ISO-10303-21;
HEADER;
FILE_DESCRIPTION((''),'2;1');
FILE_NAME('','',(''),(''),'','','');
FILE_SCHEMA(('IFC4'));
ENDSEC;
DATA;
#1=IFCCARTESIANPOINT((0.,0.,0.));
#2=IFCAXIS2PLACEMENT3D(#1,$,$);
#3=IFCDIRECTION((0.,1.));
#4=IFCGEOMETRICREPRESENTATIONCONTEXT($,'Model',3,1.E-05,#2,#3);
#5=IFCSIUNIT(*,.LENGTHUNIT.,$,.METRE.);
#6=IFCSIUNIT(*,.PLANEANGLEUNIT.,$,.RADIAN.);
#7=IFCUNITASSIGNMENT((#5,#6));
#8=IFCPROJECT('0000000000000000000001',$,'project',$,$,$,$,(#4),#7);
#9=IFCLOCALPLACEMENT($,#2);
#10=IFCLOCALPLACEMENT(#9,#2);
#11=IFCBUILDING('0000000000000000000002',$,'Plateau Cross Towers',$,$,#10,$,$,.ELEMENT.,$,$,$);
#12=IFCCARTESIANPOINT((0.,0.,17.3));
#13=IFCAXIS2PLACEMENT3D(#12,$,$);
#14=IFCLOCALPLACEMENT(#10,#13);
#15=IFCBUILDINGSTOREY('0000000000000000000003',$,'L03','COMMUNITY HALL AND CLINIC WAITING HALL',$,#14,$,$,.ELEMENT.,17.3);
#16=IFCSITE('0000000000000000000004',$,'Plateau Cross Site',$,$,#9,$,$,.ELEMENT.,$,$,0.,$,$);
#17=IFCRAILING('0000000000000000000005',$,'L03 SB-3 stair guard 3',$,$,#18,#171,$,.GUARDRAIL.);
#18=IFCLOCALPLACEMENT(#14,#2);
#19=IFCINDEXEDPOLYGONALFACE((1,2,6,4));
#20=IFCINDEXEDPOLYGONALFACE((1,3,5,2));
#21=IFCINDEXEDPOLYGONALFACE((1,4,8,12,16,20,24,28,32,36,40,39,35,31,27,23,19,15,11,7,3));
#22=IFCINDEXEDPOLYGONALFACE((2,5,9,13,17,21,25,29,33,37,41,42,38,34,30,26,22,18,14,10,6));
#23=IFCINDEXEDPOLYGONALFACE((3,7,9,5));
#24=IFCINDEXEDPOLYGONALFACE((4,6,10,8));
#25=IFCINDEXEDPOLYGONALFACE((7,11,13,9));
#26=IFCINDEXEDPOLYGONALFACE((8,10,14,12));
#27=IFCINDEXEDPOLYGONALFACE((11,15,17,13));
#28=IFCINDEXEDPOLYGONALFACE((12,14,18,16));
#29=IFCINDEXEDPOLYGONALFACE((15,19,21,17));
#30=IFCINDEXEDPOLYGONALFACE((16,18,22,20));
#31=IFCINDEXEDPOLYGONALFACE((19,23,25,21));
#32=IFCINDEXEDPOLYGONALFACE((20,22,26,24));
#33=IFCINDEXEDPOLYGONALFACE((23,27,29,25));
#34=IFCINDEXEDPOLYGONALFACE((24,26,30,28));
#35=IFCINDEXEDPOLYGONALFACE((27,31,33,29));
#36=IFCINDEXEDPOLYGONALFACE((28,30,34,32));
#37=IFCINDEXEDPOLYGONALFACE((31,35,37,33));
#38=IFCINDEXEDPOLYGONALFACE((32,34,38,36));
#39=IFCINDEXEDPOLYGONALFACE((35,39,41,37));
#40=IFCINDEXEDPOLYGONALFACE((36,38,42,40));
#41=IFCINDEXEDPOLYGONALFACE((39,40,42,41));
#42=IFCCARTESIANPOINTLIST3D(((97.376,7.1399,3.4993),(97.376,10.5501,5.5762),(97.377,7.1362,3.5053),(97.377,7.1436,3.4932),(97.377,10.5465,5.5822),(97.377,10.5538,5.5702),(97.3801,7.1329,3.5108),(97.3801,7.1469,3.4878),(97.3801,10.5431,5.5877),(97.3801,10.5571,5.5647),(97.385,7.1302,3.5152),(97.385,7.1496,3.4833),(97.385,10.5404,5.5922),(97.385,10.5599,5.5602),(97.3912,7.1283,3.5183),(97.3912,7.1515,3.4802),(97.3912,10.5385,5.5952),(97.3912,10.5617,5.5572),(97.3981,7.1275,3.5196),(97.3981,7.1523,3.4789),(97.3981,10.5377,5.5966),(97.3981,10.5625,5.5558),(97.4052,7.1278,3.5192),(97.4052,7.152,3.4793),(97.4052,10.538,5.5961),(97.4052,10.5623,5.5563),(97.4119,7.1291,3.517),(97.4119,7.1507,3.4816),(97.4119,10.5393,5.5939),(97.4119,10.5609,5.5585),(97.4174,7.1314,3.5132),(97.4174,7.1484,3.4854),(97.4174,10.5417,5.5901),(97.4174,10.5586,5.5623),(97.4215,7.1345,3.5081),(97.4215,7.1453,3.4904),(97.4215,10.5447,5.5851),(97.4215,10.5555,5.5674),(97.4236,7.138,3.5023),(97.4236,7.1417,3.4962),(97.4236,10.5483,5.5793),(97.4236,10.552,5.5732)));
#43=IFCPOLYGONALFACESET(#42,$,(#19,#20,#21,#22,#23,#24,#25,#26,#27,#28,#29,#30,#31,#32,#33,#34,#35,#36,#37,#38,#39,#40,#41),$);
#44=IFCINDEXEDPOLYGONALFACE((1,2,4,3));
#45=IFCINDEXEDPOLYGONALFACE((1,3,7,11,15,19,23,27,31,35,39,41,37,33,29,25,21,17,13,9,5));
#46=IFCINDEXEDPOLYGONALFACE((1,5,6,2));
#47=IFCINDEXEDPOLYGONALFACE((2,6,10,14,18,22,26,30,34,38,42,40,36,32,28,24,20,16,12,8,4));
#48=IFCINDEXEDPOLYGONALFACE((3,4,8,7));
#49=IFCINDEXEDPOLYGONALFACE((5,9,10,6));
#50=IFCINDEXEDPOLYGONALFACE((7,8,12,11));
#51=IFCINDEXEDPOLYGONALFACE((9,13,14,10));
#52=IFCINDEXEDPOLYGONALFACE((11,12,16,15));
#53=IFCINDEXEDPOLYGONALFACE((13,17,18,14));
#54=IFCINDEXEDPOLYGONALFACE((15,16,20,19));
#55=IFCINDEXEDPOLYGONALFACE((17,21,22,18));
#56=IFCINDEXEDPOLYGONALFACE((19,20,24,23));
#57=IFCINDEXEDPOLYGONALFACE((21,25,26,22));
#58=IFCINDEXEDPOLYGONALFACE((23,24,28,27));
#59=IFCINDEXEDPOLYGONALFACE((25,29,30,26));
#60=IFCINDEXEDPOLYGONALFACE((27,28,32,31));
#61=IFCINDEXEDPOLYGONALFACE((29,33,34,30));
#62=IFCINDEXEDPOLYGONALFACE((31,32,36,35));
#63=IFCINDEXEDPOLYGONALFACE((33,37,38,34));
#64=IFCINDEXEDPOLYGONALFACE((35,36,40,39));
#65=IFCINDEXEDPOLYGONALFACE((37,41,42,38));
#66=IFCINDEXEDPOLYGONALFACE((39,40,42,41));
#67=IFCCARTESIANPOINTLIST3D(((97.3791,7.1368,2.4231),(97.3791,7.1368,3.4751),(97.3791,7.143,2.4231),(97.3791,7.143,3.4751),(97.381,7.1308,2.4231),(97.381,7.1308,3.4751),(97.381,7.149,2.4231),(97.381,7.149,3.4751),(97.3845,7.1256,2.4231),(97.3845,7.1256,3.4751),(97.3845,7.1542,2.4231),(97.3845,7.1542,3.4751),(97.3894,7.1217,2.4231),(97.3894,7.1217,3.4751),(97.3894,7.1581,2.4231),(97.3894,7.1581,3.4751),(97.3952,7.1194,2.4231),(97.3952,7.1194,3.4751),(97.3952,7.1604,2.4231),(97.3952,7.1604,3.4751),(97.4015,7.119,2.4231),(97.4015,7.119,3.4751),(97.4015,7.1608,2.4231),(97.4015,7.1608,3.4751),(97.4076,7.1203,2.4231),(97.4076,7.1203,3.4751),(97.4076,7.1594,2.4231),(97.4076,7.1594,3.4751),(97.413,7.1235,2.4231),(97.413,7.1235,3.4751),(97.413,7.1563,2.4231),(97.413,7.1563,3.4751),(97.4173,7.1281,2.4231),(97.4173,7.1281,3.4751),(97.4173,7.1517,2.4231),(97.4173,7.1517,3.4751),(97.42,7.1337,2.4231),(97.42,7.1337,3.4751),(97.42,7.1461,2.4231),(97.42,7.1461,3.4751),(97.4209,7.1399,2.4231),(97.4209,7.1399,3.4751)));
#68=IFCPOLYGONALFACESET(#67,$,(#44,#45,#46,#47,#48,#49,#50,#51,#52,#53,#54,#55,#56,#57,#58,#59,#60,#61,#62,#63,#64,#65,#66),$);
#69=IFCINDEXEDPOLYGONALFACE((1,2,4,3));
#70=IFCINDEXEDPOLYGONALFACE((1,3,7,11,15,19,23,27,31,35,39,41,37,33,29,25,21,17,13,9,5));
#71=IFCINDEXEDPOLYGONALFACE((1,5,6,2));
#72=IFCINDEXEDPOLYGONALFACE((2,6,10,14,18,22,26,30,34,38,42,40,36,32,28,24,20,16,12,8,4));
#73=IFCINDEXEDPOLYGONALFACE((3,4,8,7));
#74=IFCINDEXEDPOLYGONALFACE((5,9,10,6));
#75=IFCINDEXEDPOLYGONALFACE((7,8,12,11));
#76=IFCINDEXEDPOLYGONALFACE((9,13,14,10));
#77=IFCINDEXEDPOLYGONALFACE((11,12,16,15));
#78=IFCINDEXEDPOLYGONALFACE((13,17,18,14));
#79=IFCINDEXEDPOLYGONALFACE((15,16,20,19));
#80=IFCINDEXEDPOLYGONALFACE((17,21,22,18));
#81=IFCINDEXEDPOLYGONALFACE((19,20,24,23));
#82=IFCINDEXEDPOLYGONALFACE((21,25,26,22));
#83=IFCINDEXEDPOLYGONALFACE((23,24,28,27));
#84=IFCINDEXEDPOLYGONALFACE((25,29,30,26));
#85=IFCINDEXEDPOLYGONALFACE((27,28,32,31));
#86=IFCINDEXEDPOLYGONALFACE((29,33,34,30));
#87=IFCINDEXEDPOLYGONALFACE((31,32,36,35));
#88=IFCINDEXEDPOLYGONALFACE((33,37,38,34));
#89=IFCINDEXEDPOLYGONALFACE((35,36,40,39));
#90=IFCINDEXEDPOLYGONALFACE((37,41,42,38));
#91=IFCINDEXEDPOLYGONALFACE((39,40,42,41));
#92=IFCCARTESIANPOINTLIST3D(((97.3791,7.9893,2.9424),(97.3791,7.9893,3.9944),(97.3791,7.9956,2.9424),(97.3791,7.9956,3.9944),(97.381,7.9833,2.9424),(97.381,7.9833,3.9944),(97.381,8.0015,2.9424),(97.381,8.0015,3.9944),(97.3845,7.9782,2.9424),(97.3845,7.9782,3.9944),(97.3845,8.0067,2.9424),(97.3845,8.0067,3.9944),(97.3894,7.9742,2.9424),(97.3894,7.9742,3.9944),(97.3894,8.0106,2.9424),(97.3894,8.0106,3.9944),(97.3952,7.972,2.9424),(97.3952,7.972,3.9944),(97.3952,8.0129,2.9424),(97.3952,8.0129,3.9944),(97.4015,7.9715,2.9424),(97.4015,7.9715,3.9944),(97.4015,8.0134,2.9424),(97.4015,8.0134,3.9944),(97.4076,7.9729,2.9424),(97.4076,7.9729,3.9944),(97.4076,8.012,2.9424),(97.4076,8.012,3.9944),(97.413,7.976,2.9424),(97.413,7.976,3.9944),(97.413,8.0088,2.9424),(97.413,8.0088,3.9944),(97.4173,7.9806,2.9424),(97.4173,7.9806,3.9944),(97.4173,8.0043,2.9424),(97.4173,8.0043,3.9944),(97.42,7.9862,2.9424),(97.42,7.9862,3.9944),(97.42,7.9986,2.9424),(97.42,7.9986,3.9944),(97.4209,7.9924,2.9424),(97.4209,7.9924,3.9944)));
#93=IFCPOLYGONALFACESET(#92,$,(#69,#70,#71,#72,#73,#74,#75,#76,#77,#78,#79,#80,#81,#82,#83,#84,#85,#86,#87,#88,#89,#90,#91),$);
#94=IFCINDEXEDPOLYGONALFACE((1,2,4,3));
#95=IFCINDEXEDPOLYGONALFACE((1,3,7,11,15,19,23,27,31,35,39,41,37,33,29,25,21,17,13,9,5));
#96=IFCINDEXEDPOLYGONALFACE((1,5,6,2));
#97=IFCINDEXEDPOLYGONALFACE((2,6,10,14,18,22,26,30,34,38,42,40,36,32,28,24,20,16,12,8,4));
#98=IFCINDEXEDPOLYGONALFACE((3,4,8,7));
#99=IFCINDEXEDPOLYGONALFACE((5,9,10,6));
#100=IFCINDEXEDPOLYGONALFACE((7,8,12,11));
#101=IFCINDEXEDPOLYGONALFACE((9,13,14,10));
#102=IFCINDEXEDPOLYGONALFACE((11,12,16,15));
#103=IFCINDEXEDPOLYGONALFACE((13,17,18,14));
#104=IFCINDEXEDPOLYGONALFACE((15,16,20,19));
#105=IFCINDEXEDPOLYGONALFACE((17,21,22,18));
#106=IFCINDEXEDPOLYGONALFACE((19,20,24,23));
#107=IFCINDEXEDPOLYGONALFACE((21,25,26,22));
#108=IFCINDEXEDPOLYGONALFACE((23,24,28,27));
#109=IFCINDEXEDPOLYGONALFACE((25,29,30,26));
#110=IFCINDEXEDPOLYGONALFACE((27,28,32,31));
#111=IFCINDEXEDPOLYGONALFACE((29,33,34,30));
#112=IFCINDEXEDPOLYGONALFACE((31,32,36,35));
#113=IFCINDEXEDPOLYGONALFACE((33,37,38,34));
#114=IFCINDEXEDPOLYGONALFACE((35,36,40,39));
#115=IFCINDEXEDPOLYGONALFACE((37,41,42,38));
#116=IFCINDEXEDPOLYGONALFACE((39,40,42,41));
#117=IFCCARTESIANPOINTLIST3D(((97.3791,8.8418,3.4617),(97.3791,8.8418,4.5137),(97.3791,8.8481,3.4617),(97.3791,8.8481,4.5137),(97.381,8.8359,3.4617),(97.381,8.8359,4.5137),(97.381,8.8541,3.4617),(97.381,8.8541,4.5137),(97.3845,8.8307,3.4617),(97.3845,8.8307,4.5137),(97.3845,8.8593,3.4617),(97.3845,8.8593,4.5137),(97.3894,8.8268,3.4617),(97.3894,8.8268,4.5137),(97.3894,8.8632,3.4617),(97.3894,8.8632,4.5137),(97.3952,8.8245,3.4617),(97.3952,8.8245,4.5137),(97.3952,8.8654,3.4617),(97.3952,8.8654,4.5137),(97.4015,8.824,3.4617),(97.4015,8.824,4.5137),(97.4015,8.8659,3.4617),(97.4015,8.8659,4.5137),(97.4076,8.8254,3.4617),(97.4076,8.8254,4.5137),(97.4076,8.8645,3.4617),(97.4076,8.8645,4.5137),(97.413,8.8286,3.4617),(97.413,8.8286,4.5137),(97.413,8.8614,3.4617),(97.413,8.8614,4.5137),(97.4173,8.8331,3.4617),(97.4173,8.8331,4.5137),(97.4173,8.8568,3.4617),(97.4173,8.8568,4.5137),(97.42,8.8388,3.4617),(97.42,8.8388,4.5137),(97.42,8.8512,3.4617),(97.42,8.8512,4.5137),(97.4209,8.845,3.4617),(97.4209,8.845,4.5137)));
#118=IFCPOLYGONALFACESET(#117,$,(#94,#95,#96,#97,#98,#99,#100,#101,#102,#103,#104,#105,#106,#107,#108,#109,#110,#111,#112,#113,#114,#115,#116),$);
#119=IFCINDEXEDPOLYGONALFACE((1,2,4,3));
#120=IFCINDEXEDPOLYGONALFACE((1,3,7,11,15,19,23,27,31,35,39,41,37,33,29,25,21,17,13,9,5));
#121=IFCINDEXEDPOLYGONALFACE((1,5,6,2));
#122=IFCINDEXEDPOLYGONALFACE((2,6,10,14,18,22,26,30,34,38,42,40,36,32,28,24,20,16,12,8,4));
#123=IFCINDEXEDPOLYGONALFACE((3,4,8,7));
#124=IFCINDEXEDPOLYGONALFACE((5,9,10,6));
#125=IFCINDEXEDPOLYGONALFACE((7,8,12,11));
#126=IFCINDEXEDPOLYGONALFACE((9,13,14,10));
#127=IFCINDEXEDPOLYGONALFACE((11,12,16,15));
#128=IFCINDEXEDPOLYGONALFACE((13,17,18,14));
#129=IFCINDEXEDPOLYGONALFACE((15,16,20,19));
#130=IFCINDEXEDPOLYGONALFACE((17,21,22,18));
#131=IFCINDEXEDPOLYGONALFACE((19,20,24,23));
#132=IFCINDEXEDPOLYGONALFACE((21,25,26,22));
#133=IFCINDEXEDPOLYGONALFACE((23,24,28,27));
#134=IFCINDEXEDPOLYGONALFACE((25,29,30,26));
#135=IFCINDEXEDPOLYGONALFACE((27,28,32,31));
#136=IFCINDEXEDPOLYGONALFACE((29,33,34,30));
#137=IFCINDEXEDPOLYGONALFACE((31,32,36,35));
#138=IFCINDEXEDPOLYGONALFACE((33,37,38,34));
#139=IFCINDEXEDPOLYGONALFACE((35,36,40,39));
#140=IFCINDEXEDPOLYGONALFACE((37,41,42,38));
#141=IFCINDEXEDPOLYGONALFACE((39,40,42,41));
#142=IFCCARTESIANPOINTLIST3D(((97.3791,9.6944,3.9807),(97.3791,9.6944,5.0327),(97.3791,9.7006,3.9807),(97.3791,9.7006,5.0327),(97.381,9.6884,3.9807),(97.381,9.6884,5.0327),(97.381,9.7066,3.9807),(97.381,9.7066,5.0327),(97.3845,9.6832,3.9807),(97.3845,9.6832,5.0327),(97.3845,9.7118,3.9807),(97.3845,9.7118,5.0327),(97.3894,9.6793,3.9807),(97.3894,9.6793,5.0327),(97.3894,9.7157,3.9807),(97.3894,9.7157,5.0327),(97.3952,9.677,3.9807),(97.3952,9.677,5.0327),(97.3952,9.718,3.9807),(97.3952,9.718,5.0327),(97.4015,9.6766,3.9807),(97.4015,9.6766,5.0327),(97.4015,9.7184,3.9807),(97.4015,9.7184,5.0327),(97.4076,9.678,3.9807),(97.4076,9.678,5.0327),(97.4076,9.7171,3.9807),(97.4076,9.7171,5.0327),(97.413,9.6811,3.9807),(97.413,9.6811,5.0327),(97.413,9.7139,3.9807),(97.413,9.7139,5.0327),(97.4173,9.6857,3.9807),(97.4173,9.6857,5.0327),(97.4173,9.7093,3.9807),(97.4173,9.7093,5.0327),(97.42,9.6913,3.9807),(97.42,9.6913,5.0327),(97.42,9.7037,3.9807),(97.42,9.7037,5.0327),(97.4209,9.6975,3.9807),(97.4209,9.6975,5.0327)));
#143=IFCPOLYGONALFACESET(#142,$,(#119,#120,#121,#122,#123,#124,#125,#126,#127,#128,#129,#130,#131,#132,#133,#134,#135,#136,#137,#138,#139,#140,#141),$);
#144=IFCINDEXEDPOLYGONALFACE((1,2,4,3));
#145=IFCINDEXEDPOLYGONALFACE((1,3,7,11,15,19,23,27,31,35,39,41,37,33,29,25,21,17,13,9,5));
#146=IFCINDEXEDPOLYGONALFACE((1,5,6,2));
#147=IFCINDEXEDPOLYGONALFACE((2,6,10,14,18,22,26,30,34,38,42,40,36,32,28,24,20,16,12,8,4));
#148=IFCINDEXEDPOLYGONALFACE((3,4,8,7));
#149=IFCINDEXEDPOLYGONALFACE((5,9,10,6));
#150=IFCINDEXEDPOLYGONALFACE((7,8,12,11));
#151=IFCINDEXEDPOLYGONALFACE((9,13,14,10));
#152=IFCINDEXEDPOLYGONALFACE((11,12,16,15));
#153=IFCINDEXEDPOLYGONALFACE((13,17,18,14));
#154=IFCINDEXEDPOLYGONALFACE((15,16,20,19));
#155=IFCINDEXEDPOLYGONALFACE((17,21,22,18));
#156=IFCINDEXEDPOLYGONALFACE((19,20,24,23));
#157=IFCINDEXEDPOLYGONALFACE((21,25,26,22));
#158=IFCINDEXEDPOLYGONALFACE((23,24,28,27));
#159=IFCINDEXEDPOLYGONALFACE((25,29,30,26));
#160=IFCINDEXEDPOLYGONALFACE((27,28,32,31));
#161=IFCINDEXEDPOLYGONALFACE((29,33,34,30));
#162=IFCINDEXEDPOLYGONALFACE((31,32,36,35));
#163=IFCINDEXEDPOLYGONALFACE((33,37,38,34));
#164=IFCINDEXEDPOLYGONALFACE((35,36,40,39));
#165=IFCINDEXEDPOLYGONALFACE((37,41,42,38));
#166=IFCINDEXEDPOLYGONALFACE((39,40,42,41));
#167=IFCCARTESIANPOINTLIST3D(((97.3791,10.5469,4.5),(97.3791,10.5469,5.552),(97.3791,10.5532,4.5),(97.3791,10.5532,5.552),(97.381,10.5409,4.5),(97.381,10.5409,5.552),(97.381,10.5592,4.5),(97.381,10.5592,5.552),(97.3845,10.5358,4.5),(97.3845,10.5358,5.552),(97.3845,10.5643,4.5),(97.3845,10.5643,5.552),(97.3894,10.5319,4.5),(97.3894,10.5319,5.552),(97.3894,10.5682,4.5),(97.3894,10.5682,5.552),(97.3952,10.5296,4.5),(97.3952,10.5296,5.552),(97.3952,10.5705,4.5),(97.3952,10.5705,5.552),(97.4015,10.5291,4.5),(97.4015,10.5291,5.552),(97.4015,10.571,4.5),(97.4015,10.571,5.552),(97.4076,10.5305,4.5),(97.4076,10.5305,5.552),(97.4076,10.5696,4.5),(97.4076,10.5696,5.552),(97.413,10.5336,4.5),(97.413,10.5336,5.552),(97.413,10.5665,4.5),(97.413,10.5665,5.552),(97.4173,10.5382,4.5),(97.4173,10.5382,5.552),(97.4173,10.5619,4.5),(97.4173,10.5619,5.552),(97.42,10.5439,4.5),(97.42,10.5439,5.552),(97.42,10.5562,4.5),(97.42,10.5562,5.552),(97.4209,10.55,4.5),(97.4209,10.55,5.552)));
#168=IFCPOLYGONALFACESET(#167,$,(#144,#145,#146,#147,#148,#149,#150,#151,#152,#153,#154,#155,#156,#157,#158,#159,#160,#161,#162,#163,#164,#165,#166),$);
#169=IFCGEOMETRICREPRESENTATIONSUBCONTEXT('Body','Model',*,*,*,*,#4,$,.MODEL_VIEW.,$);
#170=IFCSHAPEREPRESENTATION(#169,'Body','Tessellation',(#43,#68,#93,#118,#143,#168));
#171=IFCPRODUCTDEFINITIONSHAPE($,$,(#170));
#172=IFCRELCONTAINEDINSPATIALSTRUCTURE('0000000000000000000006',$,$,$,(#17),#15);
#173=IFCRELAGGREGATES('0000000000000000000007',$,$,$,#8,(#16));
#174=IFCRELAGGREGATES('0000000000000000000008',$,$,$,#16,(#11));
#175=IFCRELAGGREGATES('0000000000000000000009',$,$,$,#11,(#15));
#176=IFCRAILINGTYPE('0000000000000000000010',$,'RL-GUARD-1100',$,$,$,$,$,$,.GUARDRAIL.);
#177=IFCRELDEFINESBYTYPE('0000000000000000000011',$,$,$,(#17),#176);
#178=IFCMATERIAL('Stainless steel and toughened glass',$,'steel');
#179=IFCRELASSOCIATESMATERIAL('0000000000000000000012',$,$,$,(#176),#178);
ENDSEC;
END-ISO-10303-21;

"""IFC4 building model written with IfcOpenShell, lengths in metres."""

from ifc_helpers import new_model, si_unit, direction, frame, origin, origin_2d, place, context, subcontext, project, spatial, circle, extrude, material, type_object, element, save


model = new_model("IFC4")

# Units and contexts
model_context = context("Model", 3, precision=1e-05, world=origin(), true_north=direction((0.0, 1.0)))
body_context = subcontext(model_context, "Body", "Model", "MODEL_VIEW")
ifc_project = project(units=[si_unit("LENGTHUNIT", "METRE"), si_unit("PLANEANGLEUNIT", "RADIAN")], contexts=[model_context])

# Site, building, storey
site_placement = place(None, origin())
site = spatial("IfcSite", under=ifc_project, at=site_placement, Name="Plateau Cross Site", CompositionType="ELEMENT", RefElevation=0.0)
building_placement = place(site_placement, origin())
building = spatial("IfcBuilding", under=site, at=building_placement, Name="Plateau Cross Towers", CompositionType="ELEMENT")
storey_placement = place(building_placement, frame((0.0, 0.0, 17.3)))
storey = spatial("IfcBuildingStorey", under=building, at=storey_placement, Name="L03", Description="COMMUNITY HALL AND CLINIC WAITING HALL", CompositionType="ELEMENT", Elevation=17.3)

# Railing
ifc_material_1 = material(Name="Stainless steel and toughened glass", Category="steel")
railing_type_1 = type_object("IfcRailingType", Name="RL-GUARD-1100", PredefinedType="GUARDRAIL", material=ifc_material_1)
railing_1_placement = place(storey_placement, frame((97.3999, 7.1399, 2.4231)))
element("IfcRailing", 1, at=railing_1_placement, inside=storey, type_object=railing_type_1, Name="L03 SB-3 stair guard 3", PredefinedType="GUARDRAIL", context=body_context, shape_type="SweptSolid", body=[
    extrude(circle(Radius=0.0239, at=origin_2d()), frame((0.0, 0.0, 1.0762), z_axis=(0.0, 0.85407, 0.520158), x_axis=(-1.0, 0.0, 0.0)), (0.0, 0.0, 1.0), 3.9929),
    extrude(circle(Radius=0.021, at=origin_2d()), origin(), (0.0, 0.0, 1.0), 1.052),
    extrude(circle(Radius=0.021, at=origin_2d()), frame((0.0, 0.8525, 0.5193)), (0.0, 0.0, 1.0), 1.052),
    extrude(circle(Radius=0.021, at=origin_2d()), frame((0.0, 1.7051, 1.0386)), (0.0, 0.0, 1.0), 1.052),
    extrude(circle(Radius=0.021, at=origin_2d()), frame((0.0, 2.5576, 1.5576)), (0.0, 0.0, 1.0), 1.052),
    extrude(circle(Radius=0.021, at=origin_2d()), frame((0.0, 3.4102, 2.0769)), (0.0, 0.0, 1.0), 1.052),
])

save(model, "model.ifc")
